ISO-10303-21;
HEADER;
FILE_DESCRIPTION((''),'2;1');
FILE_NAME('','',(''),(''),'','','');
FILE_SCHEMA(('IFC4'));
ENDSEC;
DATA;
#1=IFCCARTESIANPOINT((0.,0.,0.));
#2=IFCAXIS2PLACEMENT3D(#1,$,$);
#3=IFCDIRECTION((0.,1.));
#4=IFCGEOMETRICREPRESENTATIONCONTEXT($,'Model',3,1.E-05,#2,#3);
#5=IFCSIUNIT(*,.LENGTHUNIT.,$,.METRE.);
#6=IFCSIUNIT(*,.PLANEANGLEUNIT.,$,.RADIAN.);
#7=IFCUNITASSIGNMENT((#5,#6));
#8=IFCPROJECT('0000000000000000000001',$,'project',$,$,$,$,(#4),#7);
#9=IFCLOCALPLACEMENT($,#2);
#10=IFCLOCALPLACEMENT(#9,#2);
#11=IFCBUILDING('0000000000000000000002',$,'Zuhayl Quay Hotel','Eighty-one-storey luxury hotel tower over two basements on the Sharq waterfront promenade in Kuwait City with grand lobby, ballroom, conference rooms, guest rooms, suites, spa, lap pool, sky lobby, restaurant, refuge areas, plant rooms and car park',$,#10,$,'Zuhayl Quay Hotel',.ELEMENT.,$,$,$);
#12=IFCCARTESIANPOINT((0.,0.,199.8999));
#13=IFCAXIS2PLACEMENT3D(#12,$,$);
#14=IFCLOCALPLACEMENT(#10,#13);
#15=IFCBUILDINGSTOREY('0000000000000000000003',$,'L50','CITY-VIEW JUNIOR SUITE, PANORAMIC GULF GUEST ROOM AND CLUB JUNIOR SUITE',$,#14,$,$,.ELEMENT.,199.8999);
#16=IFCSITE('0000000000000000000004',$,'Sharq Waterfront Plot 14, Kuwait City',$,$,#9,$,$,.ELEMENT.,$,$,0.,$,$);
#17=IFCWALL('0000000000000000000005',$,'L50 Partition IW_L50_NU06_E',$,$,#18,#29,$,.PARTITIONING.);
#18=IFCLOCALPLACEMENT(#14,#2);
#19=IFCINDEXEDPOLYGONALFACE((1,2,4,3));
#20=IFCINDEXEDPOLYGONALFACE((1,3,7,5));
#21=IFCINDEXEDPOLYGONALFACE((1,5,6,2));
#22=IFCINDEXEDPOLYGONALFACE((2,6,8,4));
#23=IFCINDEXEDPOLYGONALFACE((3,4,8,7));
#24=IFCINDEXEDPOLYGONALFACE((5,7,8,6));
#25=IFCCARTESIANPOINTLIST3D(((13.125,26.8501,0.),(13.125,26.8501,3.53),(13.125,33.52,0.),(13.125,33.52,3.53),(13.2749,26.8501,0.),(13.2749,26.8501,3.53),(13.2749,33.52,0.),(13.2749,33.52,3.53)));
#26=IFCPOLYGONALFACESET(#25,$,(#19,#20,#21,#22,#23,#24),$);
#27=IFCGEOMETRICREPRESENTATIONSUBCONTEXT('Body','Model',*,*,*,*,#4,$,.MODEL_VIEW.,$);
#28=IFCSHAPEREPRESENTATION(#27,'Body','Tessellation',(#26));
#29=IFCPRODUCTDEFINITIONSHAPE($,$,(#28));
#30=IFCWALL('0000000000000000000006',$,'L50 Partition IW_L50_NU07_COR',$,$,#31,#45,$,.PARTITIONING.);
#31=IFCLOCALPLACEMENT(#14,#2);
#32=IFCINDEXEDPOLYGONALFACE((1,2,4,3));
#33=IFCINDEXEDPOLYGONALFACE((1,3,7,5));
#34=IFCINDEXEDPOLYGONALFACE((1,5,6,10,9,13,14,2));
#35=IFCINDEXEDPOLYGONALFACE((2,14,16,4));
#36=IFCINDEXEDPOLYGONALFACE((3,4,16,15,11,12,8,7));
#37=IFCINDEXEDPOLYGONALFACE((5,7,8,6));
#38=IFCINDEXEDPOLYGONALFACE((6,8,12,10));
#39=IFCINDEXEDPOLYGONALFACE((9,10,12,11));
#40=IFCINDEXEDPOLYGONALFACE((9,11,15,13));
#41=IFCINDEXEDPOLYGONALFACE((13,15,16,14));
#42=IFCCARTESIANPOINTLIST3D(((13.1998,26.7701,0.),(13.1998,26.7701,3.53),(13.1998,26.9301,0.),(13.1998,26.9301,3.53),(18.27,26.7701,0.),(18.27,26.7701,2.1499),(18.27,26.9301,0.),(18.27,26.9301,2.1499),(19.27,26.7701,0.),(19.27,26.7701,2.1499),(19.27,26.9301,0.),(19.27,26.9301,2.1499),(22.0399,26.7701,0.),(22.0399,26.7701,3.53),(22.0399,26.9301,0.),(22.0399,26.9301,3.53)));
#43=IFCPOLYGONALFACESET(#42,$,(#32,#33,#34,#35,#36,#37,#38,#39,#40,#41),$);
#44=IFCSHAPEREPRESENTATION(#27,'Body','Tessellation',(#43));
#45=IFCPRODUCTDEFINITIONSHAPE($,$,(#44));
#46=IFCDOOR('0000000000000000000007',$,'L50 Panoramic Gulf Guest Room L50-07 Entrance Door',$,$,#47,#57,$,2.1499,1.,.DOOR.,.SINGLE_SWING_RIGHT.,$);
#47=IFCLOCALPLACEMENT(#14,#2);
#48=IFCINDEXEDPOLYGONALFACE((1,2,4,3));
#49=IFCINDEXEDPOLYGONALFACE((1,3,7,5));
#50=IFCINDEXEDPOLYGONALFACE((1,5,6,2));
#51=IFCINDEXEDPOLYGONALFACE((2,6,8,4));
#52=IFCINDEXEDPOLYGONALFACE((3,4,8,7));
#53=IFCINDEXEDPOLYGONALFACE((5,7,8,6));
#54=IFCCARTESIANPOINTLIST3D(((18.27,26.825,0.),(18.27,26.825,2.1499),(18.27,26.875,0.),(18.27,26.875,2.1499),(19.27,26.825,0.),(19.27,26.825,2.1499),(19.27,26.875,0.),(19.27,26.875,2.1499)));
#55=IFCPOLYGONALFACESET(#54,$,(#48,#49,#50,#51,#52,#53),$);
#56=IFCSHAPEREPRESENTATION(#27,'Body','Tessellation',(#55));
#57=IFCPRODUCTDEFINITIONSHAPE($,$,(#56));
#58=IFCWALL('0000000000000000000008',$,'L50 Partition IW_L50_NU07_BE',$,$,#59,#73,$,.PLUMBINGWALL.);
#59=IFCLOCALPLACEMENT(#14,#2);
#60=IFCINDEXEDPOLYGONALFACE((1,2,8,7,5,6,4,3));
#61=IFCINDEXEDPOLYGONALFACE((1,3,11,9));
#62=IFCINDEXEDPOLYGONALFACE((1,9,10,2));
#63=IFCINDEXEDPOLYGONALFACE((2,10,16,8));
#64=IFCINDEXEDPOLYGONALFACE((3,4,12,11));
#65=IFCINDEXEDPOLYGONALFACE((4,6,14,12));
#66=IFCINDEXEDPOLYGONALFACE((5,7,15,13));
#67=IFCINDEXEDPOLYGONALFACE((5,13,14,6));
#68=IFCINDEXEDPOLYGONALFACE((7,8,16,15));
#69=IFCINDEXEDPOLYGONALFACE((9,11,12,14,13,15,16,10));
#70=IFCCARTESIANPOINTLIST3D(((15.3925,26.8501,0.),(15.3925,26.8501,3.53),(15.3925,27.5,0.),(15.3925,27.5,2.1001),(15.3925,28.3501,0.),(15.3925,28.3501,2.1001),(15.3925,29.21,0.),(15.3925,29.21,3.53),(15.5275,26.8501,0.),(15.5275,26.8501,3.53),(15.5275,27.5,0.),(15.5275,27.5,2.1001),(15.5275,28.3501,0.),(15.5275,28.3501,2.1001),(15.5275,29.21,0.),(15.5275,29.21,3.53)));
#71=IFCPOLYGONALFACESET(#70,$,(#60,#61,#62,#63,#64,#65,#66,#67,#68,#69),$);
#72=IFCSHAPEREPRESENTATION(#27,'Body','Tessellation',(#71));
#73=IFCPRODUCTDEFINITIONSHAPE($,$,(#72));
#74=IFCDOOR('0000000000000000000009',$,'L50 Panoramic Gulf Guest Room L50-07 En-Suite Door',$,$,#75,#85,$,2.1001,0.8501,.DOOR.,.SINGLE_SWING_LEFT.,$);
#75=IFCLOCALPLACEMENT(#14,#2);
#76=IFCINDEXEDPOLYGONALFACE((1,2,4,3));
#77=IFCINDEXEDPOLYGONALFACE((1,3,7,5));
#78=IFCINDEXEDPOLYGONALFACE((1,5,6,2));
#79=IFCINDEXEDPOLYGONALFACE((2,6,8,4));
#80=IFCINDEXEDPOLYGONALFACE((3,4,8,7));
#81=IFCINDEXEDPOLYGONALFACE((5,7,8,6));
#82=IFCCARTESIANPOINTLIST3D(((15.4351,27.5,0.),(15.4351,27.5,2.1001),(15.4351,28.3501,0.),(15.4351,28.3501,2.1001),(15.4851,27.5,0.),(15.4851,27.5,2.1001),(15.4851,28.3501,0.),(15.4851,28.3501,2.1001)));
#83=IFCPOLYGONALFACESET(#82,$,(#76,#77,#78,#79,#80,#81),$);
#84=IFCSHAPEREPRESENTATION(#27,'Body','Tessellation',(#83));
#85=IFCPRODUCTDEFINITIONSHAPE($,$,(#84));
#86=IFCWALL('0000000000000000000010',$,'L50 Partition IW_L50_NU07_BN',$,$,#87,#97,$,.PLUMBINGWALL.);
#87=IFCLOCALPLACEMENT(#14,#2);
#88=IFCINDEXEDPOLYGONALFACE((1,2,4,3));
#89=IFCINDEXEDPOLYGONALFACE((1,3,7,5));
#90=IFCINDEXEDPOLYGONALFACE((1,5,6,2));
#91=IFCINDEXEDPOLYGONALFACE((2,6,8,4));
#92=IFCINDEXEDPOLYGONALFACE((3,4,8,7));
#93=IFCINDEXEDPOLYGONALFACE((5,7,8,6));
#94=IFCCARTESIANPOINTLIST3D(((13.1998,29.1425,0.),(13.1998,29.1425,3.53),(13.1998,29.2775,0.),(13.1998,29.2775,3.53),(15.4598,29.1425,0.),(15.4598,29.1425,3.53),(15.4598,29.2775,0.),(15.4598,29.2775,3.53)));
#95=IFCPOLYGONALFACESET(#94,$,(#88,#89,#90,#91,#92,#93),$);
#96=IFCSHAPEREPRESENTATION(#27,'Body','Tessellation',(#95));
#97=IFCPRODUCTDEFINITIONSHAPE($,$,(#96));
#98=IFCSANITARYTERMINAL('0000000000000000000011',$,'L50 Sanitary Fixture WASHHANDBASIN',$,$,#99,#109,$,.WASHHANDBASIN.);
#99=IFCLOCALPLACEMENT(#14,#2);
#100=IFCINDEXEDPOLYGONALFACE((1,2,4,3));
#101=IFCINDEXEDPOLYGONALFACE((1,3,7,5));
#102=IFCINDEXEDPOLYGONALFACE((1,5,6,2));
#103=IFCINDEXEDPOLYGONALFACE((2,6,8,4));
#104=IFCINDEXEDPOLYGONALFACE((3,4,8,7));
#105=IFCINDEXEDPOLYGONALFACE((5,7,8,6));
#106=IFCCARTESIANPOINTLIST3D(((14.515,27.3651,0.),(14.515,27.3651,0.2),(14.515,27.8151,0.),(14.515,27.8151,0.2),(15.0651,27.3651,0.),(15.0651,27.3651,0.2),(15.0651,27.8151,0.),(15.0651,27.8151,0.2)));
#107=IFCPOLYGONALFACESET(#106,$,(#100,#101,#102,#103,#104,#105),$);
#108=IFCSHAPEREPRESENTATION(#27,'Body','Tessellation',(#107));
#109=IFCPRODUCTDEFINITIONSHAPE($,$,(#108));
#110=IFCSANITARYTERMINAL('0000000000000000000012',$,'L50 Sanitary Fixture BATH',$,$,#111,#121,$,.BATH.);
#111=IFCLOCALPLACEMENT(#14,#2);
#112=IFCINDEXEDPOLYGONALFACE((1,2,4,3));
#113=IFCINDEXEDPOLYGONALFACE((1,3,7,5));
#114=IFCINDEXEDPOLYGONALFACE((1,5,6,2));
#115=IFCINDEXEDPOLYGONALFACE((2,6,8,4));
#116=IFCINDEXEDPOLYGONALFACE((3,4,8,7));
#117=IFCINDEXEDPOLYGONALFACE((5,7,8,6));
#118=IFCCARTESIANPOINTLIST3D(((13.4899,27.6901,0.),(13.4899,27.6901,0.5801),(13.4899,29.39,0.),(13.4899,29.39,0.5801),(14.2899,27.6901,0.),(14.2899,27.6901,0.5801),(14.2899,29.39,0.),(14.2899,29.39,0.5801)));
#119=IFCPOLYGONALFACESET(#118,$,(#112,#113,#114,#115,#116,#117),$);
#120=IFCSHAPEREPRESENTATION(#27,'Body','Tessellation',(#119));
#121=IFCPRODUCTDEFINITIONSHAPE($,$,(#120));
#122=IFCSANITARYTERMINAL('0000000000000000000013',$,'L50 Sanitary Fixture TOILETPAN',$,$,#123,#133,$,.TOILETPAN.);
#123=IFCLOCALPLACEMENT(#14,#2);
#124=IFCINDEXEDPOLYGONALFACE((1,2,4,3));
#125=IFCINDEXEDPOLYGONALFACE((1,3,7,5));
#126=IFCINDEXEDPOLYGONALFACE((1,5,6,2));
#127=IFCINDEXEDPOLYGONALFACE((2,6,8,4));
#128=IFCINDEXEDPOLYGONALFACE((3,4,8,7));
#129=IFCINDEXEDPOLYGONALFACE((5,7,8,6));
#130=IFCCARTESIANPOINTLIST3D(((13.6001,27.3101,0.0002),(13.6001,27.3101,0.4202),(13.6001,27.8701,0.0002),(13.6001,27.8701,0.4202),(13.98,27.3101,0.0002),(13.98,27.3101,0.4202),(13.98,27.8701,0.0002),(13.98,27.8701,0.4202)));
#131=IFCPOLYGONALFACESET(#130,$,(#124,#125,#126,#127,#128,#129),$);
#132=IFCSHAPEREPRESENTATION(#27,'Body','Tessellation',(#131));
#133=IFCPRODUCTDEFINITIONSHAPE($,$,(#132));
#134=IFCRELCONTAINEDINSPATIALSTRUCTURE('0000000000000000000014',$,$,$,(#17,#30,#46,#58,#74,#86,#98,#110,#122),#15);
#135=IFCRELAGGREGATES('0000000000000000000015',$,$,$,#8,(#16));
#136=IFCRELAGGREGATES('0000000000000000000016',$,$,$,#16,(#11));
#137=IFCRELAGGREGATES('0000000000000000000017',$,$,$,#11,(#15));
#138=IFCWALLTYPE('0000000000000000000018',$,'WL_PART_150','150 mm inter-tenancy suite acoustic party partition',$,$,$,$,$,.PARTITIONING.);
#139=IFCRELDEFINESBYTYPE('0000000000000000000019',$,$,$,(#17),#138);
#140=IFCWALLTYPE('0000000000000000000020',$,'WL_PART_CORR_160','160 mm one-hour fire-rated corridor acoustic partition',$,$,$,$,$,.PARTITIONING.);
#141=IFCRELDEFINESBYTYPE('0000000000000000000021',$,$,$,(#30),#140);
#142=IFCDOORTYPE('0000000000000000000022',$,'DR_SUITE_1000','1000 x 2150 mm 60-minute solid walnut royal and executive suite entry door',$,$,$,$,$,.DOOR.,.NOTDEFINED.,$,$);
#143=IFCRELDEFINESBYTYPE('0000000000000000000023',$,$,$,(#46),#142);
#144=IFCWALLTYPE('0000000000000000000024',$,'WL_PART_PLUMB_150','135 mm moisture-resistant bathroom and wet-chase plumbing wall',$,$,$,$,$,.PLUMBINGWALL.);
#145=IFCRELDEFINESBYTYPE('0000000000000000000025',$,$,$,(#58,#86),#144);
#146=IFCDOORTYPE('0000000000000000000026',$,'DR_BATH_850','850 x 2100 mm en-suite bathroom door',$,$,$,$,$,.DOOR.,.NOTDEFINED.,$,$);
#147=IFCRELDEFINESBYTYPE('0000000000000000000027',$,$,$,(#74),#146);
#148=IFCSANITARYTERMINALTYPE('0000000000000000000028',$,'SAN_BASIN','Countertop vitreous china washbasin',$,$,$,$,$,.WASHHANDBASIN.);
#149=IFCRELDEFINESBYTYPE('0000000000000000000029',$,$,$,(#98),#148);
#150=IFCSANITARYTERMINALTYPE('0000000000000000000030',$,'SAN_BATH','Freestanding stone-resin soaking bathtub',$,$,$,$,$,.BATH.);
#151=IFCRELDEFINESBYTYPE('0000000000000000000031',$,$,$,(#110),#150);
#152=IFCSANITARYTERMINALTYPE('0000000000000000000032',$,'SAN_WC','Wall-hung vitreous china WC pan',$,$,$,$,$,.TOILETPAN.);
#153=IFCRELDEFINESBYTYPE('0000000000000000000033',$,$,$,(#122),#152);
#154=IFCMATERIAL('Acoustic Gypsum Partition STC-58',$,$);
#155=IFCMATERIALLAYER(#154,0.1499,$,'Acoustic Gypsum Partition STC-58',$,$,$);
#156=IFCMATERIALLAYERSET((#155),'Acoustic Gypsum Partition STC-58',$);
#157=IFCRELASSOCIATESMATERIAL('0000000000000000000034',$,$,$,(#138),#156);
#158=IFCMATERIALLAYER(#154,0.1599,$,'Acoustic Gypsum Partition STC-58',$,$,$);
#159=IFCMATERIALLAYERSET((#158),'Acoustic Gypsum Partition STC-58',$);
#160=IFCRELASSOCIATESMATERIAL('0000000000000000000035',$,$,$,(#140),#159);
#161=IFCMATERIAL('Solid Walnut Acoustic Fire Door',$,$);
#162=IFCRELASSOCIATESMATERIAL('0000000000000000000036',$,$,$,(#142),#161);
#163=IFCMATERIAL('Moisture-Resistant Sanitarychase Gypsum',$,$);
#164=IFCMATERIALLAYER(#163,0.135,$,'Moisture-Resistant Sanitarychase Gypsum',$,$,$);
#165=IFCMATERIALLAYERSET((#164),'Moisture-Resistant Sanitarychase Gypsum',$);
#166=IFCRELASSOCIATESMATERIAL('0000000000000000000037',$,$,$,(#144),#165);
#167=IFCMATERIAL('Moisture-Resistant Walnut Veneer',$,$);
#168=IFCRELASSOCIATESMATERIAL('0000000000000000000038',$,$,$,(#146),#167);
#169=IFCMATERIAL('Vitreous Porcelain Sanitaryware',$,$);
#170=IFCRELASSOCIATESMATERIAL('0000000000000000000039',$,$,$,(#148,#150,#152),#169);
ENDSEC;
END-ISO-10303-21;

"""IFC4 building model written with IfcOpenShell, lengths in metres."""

from ifc_helpers import new_model, si_unit, direction, frame, frame_2d, origin, origin_2d, place, context, subcontext, project, spatial, rectangle, extrude, material, layer, layer_set, type_object, element, fill, save


model = new_model("IFC4")

# Units and contexts
model_context = context("Model", 3, precision=1e-05, world=origin(), true_north=direction((0.0, 1.0)))
body_context = subcontext(model_context, "Body", "Model", "MODEL_VIEW")
ifc_project = project(units=[si_unit("LENGTHUNIT", "METRE"), si_unit("PLANEANGLEUNIT", "RADIAN")], contexts=[model_context])

# Site, building, storey
site_placement = place(None, origin())
site = spatial("IfcSite", under=ifc_project, at=site_placement, Name="Sharq Waterfront Plot 14, Kuwait City", CompositionType="ELEMENT", RefElevation=0.0)
building_placement = place(site_placement, origin())
building = spatial("IfcBuilding", under=site, at=building_placement, Name="Zuhayl Quay Hotel", Description="Eighty-one-storey luxury hotel tower over two basements on the Sharq waterfront promenade in Kuwait City with grand lobby, ballroom, conference rooms, guest rooms, suites, spa, lap pool, sky lobby, restaurant, refuge areas, plant rooms and car park", LongName="Zuhayl Quay Hotel", CompositionType="ELEMENT")
storey_placement = place(building_placement, frame((0.0, 0.0, 199.8999)))
storey = spatial("IfcBuildingStorey", under=building, at=storey_placement, Name="L50", Description="CITY-VIEW JUNIOR SUITE, PANORAMIC GULF GUEST ROOM AND CLUB JUNIOR SUITE", CompositionType="ELEMENT", Elevation=199.8999)

# Wall
ifc_material_1 = material(Name="Acoustic Gypsum Partition STC-58")
ifc_layer_1 = layer(ifc_material_1, 0.1499, Name="Acoustic Gypsum Partition STC-58")
ifc_layer_set_1 = layer_set([ifc_layer_1], Name="Acoustic Gypsum Partition STC-58")
wall_type_1 = type_object("IfcWallType", Name="WL_PART_150", Description="150 mm inter-tenancy suite acoustic party partition", PredefinedType="PARTITIONING", material=ifc_layer_set_1)
wall_1_placement = place(storey_placement, frame((13.2, 26.8501, 0.0), z_axis=(0.0, 0.0, 1.0), x_axis=(0.0, 1.0, 0.0)))
element("IfcWall", 1, at=wall_1_placement, inside=storey, type_object=wall_type_1, Name="L50 Partition IW_L50_NU06_E", PredefinedType="PARTITIONING", context=body_context, shape_type="SweptSolid", body=[
    extrude(rectangle(XDim=6.6699, YDim=0.1499, at=frame_2d((3.335, 0.0))), origin(), (0.0, 0.0, 1.0), 3.53),
])

# Walls, openings, doors
ifc_layer_2 = layer(ifc_material_1, 0.1599, Name="Acoustic Gypsum Partition STC-58")
ifc_layer_set_2 = layer_set([ifc_layer_2], Name="Acoustic Gypsum Partition STC-58")
wall_type_2 = type_object("IfcWallType", Name="WL_PART_CORR_160", Description="160 mm one-hour fire-rated corridor acoustic partition", PredefinedType="PARTITIONING", material=ifc_layer_set_2)
wall_2_placement = place(storey_placement, frame((13.2, 26.8501, 0.0), z_axis=(0.0, 0.0, 1.0), x_axis=(1.0, 0.0, 0.0)))
wall_2 = element("IfcWall", 2, at=wall_2_placement, inside=storey, type_object=wall_type_2, Name="L50 Partition IW_L50_NU07_COR", PredefinedType="PARTITIONING", context=body_context, shape_type="SweptSolid", body=[
    extrude(rectangle(XDim=8.8401, YDim=0.1599, at=frame_2d((4.4199, 0.0))), origin(), (0.0, 0.0, 1.0), 3.53),
])
opening_1_placement = place(wall_2_placement, frame((5.0701, 0.0, 0.0)))
opening_1 = element("IfcOpeningElement", 3, at=opening_1_placement, cuts=wall_2, PredefinedType="OPENING", context=body_context, shape_type="SweptSolid", body=[
    extrude(rectangle(XDim=1.0, YDim=2.1499, at=frame_2d((0.5, 1.075))), frame((0.0, 0.0898, 0.0), z_axis=(0.0, -1.0, 0.0), x_axis=(1.0, 0.0, 0.0)), (0.0, 0.0, 1.0), 0.1799),
])
ifc_material_2 = material(Name="Solid Walnut Acoustic Fire Door")
door_type_1 = type_object("IfcDoorType", Name="DR_SUITE_1000", Description="1000 x 2150 mm 60-minute solid walnut royal and executive suite entry door", OperationType="NOTDEFINED", PredefinedType="DOOR", material=ifc_material_2)
door_1_placement = place(opening_1_placement, origin())
door_1 = element("IfcDoor", 4, at=door_1_placement, inside=storey, type_object=door_type_1, Name="L50 Panoramic Gulf Guest Room L50-07 Entrance Door", OperationType="SINGLE_SWING_RIGHT", OverallHeight=2.1499, OverallWidth=1.0, PredefinedType="DOOR", context=body_context, shape_type="SweptSolid", body=[
    extrude(rectangle(XDim=1.0, YDim=2.1499, at=frame_2d((0.5, 1.075))), frame((0.0, 0.0249, 0.0), z_axis=(0.0, -1.0, 0.0), x_axis=(1.0, 0.0, 0.0)), (0.0, 0.0, 1.0), 0.05),
])
fill(opening_1, door_1)
ifc_material_3 = material(Name="Moisture-Resistant Sanitarychase Gypsum")
ifc_layer_3 = layer(ifc_material_3, 0.135, Name="Moisture-Resistant Sanitarychase Gypsum")
ifc_layer_set_3 = layer_set([ifc_layer_3], Name="Moisture-Resistant Sanitarychase Gypsum")
wall_type_3 = type_object("IfcWallType", Name="WL_PART_PLUMB_150", Description="135 mm moisture-resistant bathroom and wet-chase plumbing wall", PredefinedType="PLUMBINGWALL", material=ifc_layer_set_3)
wall_3_placement = place(storey_placement, frame((15.46, 26.8501, 0.0), z_axis=(0.0, 0.0, 1.0), x_axis=(0.0, 1.0, 0.0)))
wall_3 = element("IfcWall", 5, at=wall_3_placement, inside=storey, type_object=wall_type_3, Name="L50 Partition IW_L50_NU07_BE", PredefinedType="PLUMBINGWALL", context=body_context, shape_type="SweptSolid", body=[
    extrude(rectangle(XDim=2.3599, YDim=0.135, at=frame_2d((1.1799, 0.0))), origin(), (0.0, 0.0, 1.0), 3.53),
])
opening_2_placement = place(wall_3_placement, frame((0.6499, 0.0, 0.0)))
opening_2 = element("IfcOpeningElement", 6, at=opening_2_placement, cuts=wall_3, PredefinedType="OPENING", context=body_context, shape_type="SweptSolid", body=[
    extrude(rectangle(XDim=0.8501, YDim=2.1001, at=frame_2d((0.425, 1.05))), frame((0.0, 0.0774, 0.0), z_axis=(0.0, -1.0, 0.0), x_axis=(1.0, 0.0, 0.0)), (0.0, 0.0, 1.0), 0.155),
])
ifc_material_4 = material(Name="Moisture-Resistant Walnut Veneer")
door_type_2 = type_object("IfcDoorType", Name="DR_BATH_850", Description="850 x 2100 mm en-suite bathroom door", OperationType="NOTDEFINED", PredefinedType="DOOR", material=ifc_material_4)
door_2_placement = place(opening_2_placement, origin())
door_2 = element("IfcDoor", 7, at=door_2_placement, inside=storey, type_object=door_type_2, Name="L50 Panoramic Gulf Guest Room L50-07 En-Suite Door", OperationType="SINGLE_SWING_LEFT", OverallHeight=2.1001, OverallWidth=0.8501, PredefinedType="DOOR", context=body_context, shape_type="SweptSolid", body=[
    extrude(rectangle(XDim=0.8501, YDim=2.1001, at=frame_2d((0.425, 1.05))), frame((0.0, 0.0249, 0.0), z_axis=(0.0, -1.0, 0.0), x_axis=(1.0, 0.0, 0.0)), (0.0, 0.0, 1.0), 0.05),
])
fill(opening_2, door_2)

# Wall
wall_4_placement = place(storey_placement, frame((13.2, 29.21, 0.0), z_axis=(0.0, 0.0, 1.0), x_axis=(1.0, 0.0, 0.0)))
element("IfcWall", 8, at=wall_4_placement, inside=storey, type_object=wall_type_3, Name="L50 Partition IW_L50_NU07_BN", PredefinedType="PLUMBINGWALL", context=body_context, shape_type="SweptSolid", body=[
    extrude(rectangle(XDim=2.26, YDim=0.135, at=frame_2d((1.1299, 0.0))), origin(), (0.0, 0.0, 1.0), 3.53),
])

# Sanitary terminals
ifc_material_5 = material(Name="Vitreous Porcelain Sanitaryware")
sanitary_terminal_type_1 = type_object("IfcSanitaryTerminalType", Name="SAN_BASIN", Description="Countertop vitreous china washbasin", PredefinedType="WASHHANDBASIN", material=ifc_material_5)
sanitary_terminal_1_placement = place(storey_placement, frame((14.79, 27.5901, 0.0), z_axis=(0.0, 0.0, 1.0), x_axis=(1.0, 0.0, 0.0)))
element("IfcSanitaryTerminal", 9, at=sanitary_terminal_1_placement, inside=storey, type_object=sanitary_terminal_type_1, Name="L50 Sanitary Fixture WASHHANDBASIN", PredefinedType="WASHHANDBASIN", context=body_context, shape_type="SweptSolid", body=[
    extrude(rectangle(XDim=0.55, YDim=0.45, at=origin_2d()), origin(), (0.0, 0.0, 1.0), 0.2),
])
sanitary_terminal_type_2 = type_object("IfcSanitaryTerminalType", Name="SAN_BATH", Description="Freestanding stone-resin soaking bathtub", PredefinedType="BATH", material=ifc_material_5)
sanitary_terminal_2_placement = place(storey_placement, frame((13.8899, 28.54, 0.0), z_axis=(0.0, 0.0, 1.0), x_axis=(1.0, 0.0, 0.0)))
element("IfcSanitaryTerminal", 10, at=sanitary_terminal_2_placement, inside=storey, type_object=sanitary_terminal_type_2, Name="L50 Sanitary Fixture BATH", PredefinedType="BATH", context=body_context, shape_type="SweptSolid", body=[
    extrude(rectangle(XDim=0.8, YDim=1.7, at=origin_2d()), origin(), (0.0, 0.0, 1.0), 0.5801),
])
sanitary_terminal_type_3 = type_object("IfcSanitaryTerminalType", Name="SAN_WC", Description="Wall-hung vitreous china WC pan", PredefinedType="TOILETPAN", material=ifc_material_5)
sanitary_terminal_3_placement = place(storey_placement, frame((13.79, 27.5901, 0.0002), z_axis=(0.0, 0.0, 1.0), x_axis=(1.0, 0.0, 0.0)))
element("IfcSanitaryTerminal", 11, at=sanitary_terminal_3_placement, inside=storey, type_object=sanitary_terminal_type_3, Name="L50 Sanitary Fixture TOILETPAN", PredefinedType="TOILETPAN", context=body_context, shape_type="SweptSolid", body=[
    extrude(rectangle(XDim=0.3799, YDim=0.5601, at=origin_2d()), origin(), (0.0, 0.0, 1.0), 0.4199),
])

save(model, "model.ifc")
